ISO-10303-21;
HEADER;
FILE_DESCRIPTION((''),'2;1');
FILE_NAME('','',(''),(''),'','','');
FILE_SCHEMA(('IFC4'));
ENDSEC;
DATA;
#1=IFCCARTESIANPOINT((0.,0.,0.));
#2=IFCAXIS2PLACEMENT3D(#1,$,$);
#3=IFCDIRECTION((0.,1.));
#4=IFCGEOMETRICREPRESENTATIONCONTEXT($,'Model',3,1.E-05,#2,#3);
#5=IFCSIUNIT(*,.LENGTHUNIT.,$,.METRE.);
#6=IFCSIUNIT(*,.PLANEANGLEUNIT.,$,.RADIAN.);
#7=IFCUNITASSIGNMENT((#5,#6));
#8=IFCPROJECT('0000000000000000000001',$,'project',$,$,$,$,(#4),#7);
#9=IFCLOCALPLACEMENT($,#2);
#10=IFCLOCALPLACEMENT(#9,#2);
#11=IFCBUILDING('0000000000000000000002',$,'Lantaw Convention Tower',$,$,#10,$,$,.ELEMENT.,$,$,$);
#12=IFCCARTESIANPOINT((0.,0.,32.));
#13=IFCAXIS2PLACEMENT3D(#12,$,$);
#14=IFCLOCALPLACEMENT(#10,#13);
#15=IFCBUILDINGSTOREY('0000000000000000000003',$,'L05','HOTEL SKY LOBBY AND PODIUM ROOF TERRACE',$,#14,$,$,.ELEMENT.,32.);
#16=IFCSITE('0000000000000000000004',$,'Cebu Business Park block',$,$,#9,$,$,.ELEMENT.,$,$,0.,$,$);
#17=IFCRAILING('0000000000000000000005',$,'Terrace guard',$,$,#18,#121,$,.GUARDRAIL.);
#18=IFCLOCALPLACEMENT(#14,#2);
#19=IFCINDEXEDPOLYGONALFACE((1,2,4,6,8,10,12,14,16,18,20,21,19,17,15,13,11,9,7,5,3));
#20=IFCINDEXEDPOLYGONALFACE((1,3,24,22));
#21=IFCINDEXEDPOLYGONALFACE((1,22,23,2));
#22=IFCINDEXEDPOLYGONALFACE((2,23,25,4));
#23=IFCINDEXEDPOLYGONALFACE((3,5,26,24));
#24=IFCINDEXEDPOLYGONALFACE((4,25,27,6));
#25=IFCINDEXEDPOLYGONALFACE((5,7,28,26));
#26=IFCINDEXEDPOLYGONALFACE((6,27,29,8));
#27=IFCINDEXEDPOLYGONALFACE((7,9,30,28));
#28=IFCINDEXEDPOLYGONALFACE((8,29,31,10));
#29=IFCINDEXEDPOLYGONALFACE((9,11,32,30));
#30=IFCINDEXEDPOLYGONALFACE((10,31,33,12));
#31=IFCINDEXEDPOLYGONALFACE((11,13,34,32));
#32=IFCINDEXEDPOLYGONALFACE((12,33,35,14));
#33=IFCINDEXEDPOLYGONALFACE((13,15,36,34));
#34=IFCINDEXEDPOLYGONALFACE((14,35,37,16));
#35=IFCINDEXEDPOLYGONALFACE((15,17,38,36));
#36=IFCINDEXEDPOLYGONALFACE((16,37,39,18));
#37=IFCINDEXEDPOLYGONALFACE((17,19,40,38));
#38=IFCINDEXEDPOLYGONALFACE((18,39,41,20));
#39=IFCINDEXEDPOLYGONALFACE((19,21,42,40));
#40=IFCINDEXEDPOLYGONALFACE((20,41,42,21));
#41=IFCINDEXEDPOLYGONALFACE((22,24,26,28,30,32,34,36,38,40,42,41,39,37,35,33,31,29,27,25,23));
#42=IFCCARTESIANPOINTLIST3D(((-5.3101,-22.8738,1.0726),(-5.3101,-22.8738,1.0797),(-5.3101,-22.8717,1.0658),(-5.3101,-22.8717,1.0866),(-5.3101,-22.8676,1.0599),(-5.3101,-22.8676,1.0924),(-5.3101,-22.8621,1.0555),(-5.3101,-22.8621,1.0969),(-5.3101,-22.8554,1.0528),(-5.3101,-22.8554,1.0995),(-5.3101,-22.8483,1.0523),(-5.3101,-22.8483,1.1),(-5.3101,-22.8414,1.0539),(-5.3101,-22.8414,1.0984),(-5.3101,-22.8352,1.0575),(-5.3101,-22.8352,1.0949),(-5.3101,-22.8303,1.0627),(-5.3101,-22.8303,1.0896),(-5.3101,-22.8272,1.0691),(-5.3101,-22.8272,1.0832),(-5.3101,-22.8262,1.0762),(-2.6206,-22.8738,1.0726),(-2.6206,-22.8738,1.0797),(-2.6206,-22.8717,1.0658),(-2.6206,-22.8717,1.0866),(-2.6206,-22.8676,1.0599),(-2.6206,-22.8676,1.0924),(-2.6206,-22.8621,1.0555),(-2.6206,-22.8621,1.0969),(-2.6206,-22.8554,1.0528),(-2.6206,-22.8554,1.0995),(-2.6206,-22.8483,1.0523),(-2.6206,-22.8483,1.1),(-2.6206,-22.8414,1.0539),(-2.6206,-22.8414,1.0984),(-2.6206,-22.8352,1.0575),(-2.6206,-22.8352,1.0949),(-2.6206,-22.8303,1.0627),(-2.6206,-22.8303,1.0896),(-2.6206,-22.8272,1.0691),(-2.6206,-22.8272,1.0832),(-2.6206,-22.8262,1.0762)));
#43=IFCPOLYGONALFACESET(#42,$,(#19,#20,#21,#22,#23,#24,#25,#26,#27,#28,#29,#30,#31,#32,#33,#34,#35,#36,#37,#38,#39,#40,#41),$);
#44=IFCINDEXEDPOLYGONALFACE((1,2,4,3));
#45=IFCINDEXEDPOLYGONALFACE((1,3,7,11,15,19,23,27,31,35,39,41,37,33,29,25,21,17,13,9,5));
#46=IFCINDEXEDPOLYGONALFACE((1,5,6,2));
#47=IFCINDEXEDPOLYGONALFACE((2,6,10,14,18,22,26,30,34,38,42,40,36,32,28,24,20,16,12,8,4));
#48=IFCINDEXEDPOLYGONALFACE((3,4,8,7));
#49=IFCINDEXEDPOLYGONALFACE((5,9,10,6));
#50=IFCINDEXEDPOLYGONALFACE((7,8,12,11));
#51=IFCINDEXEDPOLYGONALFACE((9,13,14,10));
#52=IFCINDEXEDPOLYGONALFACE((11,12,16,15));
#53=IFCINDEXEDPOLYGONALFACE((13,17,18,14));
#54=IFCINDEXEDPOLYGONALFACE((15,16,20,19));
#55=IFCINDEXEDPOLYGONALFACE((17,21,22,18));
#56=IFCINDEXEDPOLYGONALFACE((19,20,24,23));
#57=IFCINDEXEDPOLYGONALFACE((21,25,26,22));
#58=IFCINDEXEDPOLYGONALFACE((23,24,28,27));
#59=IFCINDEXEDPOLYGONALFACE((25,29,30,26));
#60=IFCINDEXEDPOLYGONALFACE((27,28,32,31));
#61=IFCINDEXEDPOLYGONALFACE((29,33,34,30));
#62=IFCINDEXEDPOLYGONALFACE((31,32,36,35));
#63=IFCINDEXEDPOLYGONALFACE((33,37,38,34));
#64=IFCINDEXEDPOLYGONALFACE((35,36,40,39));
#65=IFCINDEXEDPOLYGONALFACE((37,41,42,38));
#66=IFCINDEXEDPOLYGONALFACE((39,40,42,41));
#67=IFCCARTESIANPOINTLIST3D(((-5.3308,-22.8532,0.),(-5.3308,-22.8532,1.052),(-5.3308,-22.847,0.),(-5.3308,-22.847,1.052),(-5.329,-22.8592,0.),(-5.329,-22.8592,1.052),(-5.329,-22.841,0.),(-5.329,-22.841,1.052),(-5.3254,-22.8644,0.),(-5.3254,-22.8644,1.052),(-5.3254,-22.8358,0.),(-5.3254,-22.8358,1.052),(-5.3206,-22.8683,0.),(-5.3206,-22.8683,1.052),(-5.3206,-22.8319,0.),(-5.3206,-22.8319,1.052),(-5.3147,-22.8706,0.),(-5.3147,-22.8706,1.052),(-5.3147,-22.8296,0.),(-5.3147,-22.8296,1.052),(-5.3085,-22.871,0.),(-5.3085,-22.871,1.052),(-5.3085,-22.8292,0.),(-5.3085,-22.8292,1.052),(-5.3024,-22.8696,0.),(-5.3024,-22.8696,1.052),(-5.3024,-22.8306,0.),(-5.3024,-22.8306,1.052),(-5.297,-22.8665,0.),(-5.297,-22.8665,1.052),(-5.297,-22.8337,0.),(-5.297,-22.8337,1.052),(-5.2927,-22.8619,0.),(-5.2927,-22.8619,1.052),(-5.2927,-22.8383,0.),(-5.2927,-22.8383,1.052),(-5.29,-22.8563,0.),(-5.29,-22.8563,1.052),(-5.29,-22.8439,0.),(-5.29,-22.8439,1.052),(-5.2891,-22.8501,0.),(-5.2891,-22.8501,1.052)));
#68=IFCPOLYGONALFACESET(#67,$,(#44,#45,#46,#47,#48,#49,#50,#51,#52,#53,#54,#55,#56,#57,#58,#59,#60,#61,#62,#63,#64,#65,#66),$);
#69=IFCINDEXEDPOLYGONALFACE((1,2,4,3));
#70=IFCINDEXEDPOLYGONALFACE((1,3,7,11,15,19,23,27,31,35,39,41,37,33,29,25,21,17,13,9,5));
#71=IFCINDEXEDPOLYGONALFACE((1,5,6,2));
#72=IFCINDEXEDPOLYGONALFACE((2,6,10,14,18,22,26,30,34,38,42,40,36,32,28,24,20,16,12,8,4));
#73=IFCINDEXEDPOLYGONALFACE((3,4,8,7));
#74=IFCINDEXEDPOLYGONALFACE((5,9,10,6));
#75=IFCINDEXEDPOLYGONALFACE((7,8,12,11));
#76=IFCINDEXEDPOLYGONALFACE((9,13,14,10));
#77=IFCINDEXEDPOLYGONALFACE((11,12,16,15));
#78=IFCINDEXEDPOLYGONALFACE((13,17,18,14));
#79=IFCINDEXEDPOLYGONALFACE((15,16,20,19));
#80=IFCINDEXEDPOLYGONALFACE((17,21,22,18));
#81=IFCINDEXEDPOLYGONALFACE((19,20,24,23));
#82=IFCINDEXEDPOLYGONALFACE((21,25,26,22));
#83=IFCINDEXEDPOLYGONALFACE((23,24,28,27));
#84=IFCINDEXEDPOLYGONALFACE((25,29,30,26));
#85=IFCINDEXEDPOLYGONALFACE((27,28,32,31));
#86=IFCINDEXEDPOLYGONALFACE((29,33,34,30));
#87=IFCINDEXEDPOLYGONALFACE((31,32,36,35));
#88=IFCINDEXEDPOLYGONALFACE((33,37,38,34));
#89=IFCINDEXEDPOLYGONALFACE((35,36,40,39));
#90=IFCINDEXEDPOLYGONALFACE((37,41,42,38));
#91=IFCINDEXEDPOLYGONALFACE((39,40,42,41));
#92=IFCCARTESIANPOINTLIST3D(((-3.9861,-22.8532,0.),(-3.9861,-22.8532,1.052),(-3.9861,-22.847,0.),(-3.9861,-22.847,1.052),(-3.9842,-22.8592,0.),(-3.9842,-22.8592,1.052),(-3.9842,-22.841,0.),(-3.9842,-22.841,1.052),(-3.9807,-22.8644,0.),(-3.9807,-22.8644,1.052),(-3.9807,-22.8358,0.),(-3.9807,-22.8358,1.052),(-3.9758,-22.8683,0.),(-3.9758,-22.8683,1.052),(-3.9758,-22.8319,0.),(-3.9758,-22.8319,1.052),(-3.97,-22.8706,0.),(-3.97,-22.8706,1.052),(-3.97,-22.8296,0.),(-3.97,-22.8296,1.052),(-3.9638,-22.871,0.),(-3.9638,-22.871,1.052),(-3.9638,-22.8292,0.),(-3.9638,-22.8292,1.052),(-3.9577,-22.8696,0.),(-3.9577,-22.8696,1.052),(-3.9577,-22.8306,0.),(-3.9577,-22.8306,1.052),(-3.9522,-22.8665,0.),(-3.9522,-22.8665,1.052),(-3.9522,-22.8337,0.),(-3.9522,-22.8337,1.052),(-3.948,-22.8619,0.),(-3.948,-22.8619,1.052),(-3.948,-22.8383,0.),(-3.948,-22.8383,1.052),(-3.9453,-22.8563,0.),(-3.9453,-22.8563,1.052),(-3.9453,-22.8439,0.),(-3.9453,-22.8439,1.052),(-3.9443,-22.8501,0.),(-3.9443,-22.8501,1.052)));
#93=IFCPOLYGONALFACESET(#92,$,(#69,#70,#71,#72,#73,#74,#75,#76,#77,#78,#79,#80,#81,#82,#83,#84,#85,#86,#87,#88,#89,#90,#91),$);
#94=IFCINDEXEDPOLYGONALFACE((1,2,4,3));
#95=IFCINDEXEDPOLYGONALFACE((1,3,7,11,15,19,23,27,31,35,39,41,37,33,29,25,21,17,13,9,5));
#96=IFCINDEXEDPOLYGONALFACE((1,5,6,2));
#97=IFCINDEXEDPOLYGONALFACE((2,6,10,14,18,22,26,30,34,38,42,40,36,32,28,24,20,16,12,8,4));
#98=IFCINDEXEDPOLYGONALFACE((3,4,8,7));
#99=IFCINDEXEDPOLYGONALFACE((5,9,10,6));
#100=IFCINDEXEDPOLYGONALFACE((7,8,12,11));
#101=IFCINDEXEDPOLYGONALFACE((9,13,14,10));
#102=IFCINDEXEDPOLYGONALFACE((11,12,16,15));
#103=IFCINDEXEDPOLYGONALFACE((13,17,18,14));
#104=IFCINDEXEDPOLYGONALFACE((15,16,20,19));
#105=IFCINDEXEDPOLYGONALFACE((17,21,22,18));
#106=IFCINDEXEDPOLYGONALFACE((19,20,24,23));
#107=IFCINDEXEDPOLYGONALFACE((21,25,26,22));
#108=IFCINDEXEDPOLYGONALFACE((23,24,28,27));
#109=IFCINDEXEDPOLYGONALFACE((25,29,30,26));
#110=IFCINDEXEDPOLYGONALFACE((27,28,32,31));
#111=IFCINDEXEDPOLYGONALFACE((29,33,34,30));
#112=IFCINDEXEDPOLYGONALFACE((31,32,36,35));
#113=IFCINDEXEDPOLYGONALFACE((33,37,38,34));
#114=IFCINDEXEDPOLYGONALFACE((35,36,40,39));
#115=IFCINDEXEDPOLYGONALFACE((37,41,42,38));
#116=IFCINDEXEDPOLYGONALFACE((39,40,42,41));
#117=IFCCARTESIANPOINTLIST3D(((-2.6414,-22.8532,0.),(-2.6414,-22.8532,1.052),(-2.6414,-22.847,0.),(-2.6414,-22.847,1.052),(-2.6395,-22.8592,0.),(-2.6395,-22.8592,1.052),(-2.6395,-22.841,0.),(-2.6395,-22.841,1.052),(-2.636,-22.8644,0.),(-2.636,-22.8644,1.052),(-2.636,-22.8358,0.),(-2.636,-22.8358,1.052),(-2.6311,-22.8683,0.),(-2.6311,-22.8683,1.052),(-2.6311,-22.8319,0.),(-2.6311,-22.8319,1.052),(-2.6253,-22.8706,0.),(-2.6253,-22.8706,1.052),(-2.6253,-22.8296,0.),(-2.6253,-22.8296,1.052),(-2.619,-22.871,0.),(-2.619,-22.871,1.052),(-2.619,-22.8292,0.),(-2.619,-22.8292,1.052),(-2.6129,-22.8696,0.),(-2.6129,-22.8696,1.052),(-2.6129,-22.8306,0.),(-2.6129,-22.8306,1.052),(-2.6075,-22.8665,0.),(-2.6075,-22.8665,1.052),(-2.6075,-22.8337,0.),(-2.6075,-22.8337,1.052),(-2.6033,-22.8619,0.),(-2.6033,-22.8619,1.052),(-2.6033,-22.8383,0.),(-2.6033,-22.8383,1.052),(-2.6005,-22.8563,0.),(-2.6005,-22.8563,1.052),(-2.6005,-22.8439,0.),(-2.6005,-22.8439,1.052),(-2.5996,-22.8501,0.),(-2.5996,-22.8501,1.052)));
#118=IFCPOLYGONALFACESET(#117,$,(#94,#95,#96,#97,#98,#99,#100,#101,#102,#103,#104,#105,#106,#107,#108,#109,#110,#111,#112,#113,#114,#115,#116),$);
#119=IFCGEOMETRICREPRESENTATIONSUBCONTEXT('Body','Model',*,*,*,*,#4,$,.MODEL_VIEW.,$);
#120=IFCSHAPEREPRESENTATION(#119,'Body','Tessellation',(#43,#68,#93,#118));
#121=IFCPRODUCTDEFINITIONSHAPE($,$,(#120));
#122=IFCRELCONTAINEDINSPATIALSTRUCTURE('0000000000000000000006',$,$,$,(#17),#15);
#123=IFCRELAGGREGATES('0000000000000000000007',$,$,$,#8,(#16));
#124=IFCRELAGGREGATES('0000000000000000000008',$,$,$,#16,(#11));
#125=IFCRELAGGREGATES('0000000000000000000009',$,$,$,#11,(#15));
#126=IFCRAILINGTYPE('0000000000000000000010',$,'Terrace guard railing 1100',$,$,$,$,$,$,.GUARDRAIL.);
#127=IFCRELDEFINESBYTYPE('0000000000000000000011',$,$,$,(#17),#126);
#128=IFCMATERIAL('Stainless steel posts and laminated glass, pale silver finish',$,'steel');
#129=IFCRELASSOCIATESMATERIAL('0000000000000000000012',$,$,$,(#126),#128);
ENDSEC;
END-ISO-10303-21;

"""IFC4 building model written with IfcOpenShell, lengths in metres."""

from ifc_helpers import new_model, si_unit, direction, frame, origin, origin_2d, place, context, subcontext, project, spatial, circle, extrude, material, type_object, element, save


model = new_model("IFC4")

# Units and contexts
model_context = context("Model", 3, precision=1e-05, world=origin(), true_north=direction((0.0, 1.0)))
body_context = subcontext(model_context, "Body", "Model", "MODEL_VIEW")
ifc_project = project(units=[si_unit("LENGTHUNIT", "METRE"), si_unit("PLANEANGLEUNIT", "RADIAN")], contexts=[model_context])

# Site, building, storey
site_placement = place(None, origin())
site = spatial("IfcSite", under=ifc_project, at=site_placement, Name="Cebu Business Park block", CompositionType="ELEMENT", RefElevation=0.0)
building_placement = place(site_placement, origin())
building = spatial("IfcBuilding", under=site, at=building_placement, Name="Lantaw Convention Tower", CompositionType="ELEMENT")
storey_placement = place(building_placement, frame((0.0, 0.0, 32.0)))
storey = spatial("IfcBuildingStorey", under=building, at=storey_placement, Name="L05", Description="HOTEL SKY LOBBY AND PODIUM ROOF TERRACE", CompositionType="ELEMENT", Elevation=32.0)

# Railing
ifc_material_1 = material(Name="Stainless steel posts and laminated glass, pale silver finish", Category="steel")
railing_type = type_object("IfcRailingType", Name="Terrace guard railing 1100", PredefinedType="GUARDRAIL", material=ifc_material_1)
railing_placement = place(storey_placement, frame((-5.3101, -22.8501, 0.0)))
element("IfcRailing", 1, at=railing_placement, inside=storey, type_object=railing_type, Name="Terrace guard", PredefinedType="GUARDRAIL", context=body_context, shape_type="SweptSolid", body=[
    extrude(circle(Radius=0.0239, at=origin_2d()), frame((0.0, 0.0, 1.0762), z_axis=(1.0, 0.0, 0.0), x_axis=(0.0, 1.0, 0.0)), (0.0, 0.0, 1.0), 2.6895),
    extrude(circle(Radius=0.021, at=origin_2d()), origin(), (0.0, 0.0, 1.0), 1.052),
    extrude(circle(Radius=0.021, at=origin_2d()), frame((1.3447, 0.0, 0.0)), (0.0, 0.0, 1.0), 1.052),
    extrude(circle(Radius=0.021, at=origin_2d()), frame((2.6895, 0.0, 0.0)), (0.0, 0.0, 1.0), 1.052),
])

save(model, "model.ifc")
